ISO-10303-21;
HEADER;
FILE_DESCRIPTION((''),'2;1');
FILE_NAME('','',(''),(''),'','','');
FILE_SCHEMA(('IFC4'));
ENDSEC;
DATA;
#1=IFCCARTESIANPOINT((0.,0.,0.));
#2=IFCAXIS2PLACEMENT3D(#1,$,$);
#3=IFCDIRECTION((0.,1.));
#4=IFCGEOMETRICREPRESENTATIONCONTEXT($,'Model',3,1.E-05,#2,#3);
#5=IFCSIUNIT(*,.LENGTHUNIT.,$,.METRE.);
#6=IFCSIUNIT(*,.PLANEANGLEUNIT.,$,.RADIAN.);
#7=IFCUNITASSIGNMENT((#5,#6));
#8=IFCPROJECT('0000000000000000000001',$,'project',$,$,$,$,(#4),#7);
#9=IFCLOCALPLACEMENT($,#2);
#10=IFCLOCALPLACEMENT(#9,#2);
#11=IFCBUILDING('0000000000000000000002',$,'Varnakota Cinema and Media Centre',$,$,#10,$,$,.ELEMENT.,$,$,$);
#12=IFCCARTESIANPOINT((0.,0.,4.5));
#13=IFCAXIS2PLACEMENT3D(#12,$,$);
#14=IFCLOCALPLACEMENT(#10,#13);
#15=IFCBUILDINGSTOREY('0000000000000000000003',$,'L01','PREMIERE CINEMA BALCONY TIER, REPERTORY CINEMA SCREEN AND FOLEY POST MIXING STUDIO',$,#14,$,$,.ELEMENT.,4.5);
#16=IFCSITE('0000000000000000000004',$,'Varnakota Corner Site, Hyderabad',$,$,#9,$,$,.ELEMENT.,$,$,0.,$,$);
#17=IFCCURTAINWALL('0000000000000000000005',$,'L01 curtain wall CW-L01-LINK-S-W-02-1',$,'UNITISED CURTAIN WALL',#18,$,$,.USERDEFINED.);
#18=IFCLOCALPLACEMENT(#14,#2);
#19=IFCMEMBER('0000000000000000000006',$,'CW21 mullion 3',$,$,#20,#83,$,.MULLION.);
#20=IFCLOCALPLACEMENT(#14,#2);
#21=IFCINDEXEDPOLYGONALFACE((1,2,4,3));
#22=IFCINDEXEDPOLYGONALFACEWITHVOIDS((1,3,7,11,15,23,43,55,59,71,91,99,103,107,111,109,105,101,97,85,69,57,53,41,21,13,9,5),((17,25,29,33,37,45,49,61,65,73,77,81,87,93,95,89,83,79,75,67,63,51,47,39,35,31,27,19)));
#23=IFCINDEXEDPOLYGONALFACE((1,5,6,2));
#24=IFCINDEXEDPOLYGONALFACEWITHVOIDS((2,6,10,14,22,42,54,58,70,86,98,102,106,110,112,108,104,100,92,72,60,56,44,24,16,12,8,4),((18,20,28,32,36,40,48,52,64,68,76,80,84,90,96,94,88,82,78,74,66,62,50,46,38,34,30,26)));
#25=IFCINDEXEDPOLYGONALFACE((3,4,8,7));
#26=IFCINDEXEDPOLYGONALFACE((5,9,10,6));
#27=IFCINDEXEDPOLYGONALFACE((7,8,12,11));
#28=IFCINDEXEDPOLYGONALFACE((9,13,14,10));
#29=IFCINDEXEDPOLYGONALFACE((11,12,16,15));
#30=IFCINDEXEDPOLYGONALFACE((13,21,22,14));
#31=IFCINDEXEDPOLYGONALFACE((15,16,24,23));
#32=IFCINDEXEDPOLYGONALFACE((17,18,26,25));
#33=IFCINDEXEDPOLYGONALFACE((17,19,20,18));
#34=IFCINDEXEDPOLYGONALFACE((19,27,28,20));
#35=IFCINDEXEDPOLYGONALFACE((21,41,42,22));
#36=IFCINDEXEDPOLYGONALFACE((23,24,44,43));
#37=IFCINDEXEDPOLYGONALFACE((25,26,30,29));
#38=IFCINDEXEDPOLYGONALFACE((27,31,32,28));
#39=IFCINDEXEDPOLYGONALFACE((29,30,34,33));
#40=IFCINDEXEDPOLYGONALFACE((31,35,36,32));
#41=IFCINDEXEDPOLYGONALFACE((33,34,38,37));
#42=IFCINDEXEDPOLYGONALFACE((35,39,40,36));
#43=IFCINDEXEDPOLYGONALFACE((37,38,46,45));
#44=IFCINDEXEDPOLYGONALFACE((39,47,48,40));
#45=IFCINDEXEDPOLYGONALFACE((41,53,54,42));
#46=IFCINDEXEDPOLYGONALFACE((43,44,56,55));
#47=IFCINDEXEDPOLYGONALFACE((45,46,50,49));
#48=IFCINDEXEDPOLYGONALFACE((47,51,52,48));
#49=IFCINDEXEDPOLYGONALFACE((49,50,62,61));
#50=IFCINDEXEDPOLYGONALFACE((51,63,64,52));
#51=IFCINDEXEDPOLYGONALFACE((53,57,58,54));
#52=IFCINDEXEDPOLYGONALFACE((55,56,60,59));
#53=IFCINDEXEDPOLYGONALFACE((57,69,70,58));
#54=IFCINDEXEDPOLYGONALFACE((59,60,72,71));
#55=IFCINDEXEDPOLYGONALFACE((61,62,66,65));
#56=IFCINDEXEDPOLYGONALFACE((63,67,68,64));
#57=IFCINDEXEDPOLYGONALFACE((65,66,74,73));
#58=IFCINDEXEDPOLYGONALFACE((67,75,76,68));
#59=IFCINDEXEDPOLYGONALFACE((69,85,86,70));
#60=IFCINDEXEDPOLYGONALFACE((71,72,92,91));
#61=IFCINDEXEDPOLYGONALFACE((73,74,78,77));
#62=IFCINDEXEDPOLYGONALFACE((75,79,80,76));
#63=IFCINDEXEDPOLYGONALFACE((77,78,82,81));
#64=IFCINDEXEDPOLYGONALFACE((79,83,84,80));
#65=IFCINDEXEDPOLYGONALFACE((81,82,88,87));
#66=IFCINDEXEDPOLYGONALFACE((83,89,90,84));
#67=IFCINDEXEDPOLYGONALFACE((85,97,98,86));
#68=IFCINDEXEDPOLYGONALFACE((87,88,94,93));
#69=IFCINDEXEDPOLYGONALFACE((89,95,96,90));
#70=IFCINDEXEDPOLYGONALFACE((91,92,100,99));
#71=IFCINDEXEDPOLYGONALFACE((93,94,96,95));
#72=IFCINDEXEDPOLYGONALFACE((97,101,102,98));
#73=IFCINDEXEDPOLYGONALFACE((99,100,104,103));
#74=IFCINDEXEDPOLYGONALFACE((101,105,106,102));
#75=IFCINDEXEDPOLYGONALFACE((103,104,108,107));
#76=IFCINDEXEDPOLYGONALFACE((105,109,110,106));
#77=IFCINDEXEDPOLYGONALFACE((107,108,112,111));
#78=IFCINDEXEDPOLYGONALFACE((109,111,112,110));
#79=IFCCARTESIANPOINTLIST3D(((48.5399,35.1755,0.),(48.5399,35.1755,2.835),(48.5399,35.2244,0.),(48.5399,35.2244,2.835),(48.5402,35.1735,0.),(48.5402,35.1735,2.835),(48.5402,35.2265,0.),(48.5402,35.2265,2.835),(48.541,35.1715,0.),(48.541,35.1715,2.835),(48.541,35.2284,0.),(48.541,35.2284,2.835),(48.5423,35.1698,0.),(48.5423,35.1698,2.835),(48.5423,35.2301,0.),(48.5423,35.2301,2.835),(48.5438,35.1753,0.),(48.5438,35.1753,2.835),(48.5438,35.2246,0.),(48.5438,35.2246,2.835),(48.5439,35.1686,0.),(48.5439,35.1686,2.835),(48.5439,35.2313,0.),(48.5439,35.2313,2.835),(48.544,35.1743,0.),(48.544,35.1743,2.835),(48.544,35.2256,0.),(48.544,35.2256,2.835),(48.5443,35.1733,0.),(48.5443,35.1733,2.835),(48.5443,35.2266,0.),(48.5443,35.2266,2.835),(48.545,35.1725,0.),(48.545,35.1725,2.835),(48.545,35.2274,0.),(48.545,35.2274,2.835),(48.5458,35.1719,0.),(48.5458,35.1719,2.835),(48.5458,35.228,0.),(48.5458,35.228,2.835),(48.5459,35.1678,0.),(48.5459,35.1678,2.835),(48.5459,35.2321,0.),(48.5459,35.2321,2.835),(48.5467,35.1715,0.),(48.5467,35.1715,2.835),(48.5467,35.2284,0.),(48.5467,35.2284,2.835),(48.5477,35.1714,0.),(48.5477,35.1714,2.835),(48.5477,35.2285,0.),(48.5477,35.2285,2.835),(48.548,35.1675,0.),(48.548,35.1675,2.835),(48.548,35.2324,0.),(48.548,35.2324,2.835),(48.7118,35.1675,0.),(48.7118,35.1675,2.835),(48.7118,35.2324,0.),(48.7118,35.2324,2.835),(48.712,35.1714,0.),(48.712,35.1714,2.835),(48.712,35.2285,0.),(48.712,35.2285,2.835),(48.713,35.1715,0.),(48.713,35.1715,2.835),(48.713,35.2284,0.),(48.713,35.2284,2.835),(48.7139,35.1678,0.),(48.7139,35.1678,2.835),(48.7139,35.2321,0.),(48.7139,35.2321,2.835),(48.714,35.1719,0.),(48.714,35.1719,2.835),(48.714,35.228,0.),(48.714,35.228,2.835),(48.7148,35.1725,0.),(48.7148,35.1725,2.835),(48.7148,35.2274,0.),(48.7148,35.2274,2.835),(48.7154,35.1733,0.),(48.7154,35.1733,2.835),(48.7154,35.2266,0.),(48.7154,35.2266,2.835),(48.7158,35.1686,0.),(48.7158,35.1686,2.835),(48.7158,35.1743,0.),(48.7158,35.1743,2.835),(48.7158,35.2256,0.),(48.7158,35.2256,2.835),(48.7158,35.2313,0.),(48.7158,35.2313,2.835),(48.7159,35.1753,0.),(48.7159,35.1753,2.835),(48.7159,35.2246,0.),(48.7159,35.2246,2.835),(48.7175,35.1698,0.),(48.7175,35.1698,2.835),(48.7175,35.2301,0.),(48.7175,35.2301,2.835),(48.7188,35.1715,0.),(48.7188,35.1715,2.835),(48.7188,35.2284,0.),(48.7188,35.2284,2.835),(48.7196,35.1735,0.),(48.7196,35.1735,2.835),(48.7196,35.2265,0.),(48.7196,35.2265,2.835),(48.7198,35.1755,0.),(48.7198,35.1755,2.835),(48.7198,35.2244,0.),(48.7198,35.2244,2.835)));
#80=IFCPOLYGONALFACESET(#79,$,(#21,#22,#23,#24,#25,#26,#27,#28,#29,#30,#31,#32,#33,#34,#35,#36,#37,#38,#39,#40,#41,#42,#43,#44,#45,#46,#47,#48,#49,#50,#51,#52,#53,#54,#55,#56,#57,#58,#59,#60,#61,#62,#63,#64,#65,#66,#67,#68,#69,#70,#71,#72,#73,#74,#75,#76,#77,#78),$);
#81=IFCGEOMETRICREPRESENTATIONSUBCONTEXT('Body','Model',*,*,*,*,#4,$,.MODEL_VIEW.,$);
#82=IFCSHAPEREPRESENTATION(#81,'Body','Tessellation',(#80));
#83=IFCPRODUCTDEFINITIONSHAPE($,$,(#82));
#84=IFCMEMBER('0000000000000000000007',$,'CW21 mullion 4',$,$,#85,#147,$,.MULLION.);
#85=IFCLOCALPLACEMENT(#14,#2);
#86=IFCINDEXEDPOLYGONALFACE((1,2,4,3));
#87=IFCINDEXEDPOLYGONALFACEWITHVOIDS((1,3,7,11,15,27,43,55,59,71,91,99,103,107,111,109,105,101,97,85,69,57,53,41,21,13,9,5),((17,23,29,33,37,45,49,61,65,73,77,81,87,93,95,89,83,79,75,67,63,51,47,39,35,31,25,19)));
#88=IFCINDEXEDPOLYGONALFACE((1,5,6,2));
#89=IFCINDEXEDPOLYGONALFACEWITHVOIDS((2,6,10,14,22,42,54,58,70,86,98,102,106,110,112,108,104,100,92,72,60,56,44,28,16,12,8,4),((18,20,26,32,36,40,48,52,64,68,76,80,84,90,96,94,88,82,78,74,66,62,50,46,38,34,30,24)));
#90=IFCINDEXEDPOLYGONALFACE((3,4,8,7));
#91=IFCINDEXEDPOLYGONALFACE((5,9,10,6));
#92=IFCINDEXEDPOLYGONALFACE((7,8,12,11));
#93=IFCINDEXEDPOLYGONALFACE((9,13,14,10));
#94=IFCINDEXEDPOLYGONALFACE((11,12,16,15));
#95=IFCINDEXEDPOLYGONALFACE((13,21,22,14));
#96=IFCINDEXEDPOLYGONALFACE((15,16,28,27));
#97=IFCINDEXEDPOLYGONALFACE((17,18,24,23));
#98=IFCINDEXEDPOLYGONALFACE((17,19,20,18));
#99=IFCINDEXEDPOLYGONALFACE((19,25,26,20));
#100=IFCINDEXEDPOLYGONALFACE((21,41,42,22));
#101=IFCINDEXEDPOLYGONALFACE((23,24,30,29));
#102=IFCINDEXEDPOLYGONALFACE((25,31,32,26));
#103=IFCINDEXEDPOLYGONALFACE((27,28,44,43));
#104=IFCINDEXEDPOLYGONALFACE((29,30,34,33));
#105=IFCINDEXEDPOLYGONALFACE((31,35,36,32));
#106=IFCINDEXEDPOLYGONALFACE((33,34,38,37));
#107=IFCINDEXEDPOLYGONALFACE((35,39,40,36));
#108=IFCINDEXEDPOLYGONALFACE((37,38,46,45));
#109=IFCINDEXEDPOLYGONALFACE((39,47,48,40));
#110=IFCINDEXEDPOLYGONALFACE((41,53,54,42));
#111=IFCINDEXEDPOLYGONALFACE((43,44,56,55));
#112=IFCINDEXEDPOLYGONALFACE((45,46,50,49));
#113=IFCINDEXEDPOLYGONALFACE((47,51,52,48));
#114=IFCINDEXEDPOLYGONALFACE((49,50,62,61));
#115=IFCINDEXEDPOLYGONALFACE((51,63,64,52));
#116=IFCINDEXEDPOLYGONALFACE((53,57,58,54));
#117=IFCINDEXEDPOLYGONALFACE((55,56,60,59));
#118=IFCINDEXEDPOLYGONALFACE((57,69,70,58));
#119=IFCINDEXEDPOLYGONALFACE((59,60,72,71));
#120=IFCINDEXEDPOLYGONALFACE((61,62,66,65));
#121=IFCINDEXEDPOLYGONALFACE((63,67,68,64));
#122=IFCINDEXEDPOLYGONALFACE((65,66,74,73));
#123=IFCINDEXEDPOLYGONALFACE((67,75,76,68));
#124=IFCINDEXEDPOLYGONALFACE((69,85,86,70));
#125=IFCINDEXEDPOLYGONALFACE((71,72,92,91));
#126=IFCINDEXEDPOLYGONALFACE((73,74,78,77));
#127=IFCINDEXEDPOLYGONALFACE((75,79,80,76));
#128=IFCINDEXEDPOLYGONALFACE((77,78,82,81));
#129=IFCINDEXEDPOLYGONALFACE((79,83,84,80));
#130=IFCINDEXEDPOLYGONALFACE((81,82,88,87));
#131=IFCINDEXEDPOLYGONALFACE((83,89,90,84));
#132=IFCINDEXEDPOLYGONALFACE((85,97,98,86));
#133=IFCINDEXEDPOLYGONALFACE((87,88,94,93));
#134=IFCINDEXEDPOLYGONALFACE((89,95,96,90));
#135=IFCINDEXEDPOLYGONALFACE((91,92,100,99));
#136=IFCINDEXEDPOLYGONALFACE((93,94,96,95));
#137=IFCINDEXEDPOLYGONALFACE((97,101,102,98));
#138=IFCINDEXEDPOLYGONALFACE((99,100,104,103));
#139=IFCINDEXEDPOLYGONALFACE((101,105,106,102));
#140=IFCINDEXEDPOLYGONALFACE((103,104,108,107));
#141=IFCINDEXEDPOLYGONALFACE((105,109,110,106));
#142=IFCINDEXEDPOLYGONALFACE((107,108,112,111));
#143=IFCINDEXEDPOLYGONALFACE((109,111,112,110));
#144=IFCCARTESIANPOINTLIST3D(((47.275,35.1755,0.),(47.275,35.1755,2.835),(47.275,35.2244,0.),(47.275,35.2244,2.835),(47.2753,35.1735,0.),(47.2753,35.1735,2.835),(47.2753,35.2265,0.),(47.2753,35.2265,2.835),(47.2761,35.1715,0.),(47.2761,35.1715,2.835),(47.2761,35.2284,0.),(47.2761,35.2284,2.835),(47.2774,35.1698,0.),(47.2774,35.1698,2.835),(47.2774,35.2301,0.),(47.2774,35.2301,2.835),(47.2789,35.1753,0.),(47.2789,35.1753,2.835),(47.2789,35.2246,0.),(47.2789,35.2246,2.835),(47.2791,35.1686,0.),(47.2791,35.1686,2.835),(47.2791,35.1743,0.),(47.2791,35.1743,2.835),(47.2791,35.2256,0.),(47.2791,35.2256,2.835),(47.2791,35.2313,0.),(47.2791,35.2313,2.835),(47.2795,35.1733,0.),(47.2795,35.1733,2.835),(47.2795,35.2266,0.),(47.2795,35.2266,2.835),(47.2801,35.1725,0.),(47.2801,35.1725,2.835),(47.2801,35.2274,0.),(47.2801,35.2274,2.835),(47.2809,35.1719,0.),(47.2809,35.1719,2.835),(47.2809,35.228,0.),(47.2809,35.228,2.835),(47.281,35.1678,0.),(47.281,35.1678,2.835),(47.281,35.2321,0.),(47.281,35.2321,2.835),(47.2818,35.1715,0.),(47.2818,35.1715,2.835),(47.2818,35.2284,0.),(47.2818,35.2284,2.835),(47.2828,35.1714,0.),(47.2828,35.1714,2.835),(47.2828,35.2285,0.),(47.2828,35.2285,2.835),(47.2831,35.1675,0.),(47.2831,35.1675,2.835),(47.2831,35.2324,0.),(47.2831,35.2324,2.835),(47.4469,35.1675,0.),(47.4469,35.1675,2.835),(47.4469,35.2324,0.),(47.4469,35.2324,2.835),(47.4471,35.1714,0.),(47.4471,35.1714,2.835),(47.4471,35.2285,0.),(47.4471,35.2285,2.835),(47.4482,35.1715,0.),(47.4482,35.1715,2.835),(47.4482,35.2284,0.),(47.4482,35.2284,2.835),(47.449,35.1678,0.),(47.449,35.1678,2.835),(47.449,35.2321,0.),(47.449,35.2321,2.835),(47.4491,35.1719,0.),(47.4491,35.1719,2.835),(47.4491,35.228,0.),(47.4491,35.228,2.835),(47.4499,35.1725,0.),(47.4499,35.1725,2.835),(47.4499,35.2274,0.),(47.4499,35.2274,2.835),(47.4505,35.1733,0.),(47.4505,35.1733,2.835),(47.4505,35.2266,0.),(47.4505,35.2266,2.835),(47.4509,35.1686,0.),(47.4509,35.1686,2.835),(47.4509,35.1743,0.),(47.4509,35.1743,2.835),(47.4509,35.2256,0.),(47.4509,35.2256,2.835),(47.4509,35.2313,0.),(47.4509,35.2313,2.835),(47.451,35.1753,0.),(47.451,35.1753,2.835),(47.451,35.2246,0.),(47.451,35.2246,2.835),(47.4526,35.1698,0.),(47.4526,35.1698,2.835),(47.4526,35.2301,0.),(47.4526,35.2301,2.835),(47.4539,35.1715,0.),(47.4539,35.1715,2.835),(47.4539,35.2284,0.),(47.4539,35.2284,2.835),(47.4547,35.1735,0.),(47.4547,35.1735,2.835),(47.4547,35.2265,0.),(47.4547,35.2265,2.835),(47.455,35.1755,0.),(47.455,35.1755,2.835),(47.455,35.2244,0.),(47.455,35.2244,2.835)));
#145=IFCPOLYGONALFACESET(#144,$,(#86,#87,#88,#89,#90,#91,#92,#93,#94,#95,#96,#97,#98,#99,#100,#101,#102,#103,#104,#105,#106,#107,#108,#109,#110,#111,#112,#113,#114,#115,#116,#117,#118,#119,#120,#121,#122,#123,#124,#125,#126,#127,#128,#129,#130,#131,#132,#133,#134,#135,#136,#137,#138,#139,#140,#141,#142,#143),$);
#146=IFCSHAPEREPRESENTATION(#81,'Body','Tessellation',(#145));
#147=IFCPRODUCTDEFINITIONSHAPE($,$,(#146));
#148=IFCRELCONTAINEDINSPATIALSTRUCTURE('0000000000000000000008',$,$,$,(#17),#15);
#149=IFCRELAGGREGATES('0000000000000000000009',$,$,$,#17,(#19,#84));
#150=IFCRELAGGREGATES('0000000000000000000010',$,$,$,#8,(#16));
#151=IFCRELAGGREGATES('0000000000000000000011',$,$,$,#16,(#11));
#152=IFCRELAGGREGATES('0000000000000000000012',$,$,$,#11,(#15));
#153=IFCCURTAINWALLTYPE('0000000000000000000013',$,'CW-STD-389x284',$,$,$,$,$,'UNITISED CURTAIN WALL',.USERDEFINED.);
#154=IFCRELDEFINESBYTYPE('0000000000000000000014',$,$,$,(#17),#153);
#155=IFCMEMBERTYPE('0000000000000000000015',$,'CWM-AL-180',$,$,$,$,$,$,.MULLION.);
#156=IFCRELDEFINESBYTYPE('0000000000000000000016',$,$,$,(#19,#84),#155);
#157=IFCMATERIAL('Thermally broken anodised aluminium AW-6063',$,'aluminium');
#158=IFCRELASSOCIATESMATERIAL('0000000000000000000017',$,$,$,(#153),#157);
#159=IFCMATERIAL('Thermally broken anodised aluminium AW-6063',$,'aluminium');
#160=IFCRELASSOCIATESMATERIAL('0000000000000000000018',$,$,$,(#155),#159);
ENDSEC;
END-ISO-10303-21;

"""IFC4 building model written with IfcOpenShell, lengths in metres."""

from ifc_helpers import new_model, si_unit, direction, frame, origin, origin_2d, place, context, subcontext, project, spatial, hollow_rectangle, extrude, material, material_profile, profile_set, type_object, element, aggregate, save


model = new_model("IFC4")

# Units and contexts
model_context = context("Model", 3, precision=1e-05, world=origin(), true_north=direction((0.0, 1.0)))
body_context = subcontext(model_context, "Body", "Model", "MODEL_VIEW")
ifc_project = project(units=[si_unit("LENGTHUNIT", "METRE"), si_unit("PLANEANGLEUNIT", "RADIAN")], contexts=[model_context])

# Site, building, storey
site_placement = place(None, origin())
site = spatial("IfcSite", under=ifc_project, at=site_placement, Name="Varnakota Corner Site, Hyderabad", CompositionType="ELEMENT", RefElevation=0.0)
building_placement = place(site_placement, origin())
building = spatial("IfcBuilding", under=site, at=building_placement, Name="Varnakota Cinema and Media Centre", CompositionType="ELEMENT")
storey_placement = place(building_placement, frame((0.0, 0.0, 4.5)))
storey = spatial("IfcBuildingStorey", under=building, at=storey_placement, Name="L01", Description="PREMIERE CINEMA BALCONY TIER, REPERTORY CINEMA SCREEN AND FOLEY POST MIXING STUDIO", CompositionType="ELEMENT", Elevation=4.5)

# Curtain wall, members
ifc_material_1 = material(Name="Thermally broken anodised aluminium AW-6063", Category="aluminium")
curtain_wall_type = type_object("IfcCurtainWallType", Name="CW-STD-389x284", ElementType="UNITISED CURTAIN WALL", PredefinedType="USERDEFINED", material=ifc_material_1)
curtain_wall_1_placement = place(storey_placement, origin())
curtain_wall_1 = element("IfcCurtainWall", 1, at=curtain_wall_1_placement, inside=storey, type_object=curtain_wall_type, Name="L01 curtain wall CW-L01-LINK-S-W-02-1", ObjectType="UNITISED CURTAIN WALL", PredefinedType="USERDEFINED")
ifc_material_2 = material(Name="Thermally broken anodised aluminium AW-6063", Category="aluminium")
ifc_material_profile_1 = material_profile(ifc_material_2, hollow_rectangle(XDim=0.0649, YDim=0.1799, WallThickness=0.0039, InnerFilletRadius=0.0039, OuterFilletRadius=0.0081, at=origin_2d()), Name="AL-MULLION 180x65x4")
ifc_profile_set_1 = profile_set([ifc_material_profile_1], Name="Thermally broken anodised aluminium AW-6063")
member_type_1 = type_object("IfcMemberType", Name="CWM-AL-180", PredefinedType="MULLION", material=ifc_profile_set_1)
member_1_placement = place(storey_placement, frame((48.6299, 35.2, 0.0), z_axis=(0.0, 0.0, 1.0), x_axis=(0.0, -1.0, 0.0)))
member_1 = element("IfcMember", 2, at=member_1_placement, type_object=member_type_1, Name="CW21 mullion 3", PredefinedType="MULLION", context=body_context, shape_type="SweptSolid", body=[
    extrude(hollow_rectangle(XDim=0.0649, YDim=0.1799, WallThickness=0.0039, InnerFilletRadius=0.0039, OuterFilletRadius=0.0081, at=origin_2d()), origin(), (0.0, 0.0, 1.0), 2.835),
])
member_2_placement = place(storey_placement, frame((47.365, 35.2, 0.0), z_axis=(0.0, 0.0, 1.0), x_axis=(0.0, -1.0, 0.0)))
member_2 = element("IfcMember", 3, at=member_2_placement, type_object=member_type_1, Name="CW21 mullion 4", PredefinedType="MULLION", context=body_context, shape_type="SweptSolid", body=[
    extrude(hollow_rectangle(XDim=0.0649, YDim=0.1799, WallThickness=0.0039, InnerFilletRadius=0.0039, OuterFilletRadius=0.0081, at=origin_2d()), origin(), (0.0, 0.0, 1.0), 2.835),
])

aggregate(curtain_wall_1, [member_1, member_2])

save(model, "model.ifc")
